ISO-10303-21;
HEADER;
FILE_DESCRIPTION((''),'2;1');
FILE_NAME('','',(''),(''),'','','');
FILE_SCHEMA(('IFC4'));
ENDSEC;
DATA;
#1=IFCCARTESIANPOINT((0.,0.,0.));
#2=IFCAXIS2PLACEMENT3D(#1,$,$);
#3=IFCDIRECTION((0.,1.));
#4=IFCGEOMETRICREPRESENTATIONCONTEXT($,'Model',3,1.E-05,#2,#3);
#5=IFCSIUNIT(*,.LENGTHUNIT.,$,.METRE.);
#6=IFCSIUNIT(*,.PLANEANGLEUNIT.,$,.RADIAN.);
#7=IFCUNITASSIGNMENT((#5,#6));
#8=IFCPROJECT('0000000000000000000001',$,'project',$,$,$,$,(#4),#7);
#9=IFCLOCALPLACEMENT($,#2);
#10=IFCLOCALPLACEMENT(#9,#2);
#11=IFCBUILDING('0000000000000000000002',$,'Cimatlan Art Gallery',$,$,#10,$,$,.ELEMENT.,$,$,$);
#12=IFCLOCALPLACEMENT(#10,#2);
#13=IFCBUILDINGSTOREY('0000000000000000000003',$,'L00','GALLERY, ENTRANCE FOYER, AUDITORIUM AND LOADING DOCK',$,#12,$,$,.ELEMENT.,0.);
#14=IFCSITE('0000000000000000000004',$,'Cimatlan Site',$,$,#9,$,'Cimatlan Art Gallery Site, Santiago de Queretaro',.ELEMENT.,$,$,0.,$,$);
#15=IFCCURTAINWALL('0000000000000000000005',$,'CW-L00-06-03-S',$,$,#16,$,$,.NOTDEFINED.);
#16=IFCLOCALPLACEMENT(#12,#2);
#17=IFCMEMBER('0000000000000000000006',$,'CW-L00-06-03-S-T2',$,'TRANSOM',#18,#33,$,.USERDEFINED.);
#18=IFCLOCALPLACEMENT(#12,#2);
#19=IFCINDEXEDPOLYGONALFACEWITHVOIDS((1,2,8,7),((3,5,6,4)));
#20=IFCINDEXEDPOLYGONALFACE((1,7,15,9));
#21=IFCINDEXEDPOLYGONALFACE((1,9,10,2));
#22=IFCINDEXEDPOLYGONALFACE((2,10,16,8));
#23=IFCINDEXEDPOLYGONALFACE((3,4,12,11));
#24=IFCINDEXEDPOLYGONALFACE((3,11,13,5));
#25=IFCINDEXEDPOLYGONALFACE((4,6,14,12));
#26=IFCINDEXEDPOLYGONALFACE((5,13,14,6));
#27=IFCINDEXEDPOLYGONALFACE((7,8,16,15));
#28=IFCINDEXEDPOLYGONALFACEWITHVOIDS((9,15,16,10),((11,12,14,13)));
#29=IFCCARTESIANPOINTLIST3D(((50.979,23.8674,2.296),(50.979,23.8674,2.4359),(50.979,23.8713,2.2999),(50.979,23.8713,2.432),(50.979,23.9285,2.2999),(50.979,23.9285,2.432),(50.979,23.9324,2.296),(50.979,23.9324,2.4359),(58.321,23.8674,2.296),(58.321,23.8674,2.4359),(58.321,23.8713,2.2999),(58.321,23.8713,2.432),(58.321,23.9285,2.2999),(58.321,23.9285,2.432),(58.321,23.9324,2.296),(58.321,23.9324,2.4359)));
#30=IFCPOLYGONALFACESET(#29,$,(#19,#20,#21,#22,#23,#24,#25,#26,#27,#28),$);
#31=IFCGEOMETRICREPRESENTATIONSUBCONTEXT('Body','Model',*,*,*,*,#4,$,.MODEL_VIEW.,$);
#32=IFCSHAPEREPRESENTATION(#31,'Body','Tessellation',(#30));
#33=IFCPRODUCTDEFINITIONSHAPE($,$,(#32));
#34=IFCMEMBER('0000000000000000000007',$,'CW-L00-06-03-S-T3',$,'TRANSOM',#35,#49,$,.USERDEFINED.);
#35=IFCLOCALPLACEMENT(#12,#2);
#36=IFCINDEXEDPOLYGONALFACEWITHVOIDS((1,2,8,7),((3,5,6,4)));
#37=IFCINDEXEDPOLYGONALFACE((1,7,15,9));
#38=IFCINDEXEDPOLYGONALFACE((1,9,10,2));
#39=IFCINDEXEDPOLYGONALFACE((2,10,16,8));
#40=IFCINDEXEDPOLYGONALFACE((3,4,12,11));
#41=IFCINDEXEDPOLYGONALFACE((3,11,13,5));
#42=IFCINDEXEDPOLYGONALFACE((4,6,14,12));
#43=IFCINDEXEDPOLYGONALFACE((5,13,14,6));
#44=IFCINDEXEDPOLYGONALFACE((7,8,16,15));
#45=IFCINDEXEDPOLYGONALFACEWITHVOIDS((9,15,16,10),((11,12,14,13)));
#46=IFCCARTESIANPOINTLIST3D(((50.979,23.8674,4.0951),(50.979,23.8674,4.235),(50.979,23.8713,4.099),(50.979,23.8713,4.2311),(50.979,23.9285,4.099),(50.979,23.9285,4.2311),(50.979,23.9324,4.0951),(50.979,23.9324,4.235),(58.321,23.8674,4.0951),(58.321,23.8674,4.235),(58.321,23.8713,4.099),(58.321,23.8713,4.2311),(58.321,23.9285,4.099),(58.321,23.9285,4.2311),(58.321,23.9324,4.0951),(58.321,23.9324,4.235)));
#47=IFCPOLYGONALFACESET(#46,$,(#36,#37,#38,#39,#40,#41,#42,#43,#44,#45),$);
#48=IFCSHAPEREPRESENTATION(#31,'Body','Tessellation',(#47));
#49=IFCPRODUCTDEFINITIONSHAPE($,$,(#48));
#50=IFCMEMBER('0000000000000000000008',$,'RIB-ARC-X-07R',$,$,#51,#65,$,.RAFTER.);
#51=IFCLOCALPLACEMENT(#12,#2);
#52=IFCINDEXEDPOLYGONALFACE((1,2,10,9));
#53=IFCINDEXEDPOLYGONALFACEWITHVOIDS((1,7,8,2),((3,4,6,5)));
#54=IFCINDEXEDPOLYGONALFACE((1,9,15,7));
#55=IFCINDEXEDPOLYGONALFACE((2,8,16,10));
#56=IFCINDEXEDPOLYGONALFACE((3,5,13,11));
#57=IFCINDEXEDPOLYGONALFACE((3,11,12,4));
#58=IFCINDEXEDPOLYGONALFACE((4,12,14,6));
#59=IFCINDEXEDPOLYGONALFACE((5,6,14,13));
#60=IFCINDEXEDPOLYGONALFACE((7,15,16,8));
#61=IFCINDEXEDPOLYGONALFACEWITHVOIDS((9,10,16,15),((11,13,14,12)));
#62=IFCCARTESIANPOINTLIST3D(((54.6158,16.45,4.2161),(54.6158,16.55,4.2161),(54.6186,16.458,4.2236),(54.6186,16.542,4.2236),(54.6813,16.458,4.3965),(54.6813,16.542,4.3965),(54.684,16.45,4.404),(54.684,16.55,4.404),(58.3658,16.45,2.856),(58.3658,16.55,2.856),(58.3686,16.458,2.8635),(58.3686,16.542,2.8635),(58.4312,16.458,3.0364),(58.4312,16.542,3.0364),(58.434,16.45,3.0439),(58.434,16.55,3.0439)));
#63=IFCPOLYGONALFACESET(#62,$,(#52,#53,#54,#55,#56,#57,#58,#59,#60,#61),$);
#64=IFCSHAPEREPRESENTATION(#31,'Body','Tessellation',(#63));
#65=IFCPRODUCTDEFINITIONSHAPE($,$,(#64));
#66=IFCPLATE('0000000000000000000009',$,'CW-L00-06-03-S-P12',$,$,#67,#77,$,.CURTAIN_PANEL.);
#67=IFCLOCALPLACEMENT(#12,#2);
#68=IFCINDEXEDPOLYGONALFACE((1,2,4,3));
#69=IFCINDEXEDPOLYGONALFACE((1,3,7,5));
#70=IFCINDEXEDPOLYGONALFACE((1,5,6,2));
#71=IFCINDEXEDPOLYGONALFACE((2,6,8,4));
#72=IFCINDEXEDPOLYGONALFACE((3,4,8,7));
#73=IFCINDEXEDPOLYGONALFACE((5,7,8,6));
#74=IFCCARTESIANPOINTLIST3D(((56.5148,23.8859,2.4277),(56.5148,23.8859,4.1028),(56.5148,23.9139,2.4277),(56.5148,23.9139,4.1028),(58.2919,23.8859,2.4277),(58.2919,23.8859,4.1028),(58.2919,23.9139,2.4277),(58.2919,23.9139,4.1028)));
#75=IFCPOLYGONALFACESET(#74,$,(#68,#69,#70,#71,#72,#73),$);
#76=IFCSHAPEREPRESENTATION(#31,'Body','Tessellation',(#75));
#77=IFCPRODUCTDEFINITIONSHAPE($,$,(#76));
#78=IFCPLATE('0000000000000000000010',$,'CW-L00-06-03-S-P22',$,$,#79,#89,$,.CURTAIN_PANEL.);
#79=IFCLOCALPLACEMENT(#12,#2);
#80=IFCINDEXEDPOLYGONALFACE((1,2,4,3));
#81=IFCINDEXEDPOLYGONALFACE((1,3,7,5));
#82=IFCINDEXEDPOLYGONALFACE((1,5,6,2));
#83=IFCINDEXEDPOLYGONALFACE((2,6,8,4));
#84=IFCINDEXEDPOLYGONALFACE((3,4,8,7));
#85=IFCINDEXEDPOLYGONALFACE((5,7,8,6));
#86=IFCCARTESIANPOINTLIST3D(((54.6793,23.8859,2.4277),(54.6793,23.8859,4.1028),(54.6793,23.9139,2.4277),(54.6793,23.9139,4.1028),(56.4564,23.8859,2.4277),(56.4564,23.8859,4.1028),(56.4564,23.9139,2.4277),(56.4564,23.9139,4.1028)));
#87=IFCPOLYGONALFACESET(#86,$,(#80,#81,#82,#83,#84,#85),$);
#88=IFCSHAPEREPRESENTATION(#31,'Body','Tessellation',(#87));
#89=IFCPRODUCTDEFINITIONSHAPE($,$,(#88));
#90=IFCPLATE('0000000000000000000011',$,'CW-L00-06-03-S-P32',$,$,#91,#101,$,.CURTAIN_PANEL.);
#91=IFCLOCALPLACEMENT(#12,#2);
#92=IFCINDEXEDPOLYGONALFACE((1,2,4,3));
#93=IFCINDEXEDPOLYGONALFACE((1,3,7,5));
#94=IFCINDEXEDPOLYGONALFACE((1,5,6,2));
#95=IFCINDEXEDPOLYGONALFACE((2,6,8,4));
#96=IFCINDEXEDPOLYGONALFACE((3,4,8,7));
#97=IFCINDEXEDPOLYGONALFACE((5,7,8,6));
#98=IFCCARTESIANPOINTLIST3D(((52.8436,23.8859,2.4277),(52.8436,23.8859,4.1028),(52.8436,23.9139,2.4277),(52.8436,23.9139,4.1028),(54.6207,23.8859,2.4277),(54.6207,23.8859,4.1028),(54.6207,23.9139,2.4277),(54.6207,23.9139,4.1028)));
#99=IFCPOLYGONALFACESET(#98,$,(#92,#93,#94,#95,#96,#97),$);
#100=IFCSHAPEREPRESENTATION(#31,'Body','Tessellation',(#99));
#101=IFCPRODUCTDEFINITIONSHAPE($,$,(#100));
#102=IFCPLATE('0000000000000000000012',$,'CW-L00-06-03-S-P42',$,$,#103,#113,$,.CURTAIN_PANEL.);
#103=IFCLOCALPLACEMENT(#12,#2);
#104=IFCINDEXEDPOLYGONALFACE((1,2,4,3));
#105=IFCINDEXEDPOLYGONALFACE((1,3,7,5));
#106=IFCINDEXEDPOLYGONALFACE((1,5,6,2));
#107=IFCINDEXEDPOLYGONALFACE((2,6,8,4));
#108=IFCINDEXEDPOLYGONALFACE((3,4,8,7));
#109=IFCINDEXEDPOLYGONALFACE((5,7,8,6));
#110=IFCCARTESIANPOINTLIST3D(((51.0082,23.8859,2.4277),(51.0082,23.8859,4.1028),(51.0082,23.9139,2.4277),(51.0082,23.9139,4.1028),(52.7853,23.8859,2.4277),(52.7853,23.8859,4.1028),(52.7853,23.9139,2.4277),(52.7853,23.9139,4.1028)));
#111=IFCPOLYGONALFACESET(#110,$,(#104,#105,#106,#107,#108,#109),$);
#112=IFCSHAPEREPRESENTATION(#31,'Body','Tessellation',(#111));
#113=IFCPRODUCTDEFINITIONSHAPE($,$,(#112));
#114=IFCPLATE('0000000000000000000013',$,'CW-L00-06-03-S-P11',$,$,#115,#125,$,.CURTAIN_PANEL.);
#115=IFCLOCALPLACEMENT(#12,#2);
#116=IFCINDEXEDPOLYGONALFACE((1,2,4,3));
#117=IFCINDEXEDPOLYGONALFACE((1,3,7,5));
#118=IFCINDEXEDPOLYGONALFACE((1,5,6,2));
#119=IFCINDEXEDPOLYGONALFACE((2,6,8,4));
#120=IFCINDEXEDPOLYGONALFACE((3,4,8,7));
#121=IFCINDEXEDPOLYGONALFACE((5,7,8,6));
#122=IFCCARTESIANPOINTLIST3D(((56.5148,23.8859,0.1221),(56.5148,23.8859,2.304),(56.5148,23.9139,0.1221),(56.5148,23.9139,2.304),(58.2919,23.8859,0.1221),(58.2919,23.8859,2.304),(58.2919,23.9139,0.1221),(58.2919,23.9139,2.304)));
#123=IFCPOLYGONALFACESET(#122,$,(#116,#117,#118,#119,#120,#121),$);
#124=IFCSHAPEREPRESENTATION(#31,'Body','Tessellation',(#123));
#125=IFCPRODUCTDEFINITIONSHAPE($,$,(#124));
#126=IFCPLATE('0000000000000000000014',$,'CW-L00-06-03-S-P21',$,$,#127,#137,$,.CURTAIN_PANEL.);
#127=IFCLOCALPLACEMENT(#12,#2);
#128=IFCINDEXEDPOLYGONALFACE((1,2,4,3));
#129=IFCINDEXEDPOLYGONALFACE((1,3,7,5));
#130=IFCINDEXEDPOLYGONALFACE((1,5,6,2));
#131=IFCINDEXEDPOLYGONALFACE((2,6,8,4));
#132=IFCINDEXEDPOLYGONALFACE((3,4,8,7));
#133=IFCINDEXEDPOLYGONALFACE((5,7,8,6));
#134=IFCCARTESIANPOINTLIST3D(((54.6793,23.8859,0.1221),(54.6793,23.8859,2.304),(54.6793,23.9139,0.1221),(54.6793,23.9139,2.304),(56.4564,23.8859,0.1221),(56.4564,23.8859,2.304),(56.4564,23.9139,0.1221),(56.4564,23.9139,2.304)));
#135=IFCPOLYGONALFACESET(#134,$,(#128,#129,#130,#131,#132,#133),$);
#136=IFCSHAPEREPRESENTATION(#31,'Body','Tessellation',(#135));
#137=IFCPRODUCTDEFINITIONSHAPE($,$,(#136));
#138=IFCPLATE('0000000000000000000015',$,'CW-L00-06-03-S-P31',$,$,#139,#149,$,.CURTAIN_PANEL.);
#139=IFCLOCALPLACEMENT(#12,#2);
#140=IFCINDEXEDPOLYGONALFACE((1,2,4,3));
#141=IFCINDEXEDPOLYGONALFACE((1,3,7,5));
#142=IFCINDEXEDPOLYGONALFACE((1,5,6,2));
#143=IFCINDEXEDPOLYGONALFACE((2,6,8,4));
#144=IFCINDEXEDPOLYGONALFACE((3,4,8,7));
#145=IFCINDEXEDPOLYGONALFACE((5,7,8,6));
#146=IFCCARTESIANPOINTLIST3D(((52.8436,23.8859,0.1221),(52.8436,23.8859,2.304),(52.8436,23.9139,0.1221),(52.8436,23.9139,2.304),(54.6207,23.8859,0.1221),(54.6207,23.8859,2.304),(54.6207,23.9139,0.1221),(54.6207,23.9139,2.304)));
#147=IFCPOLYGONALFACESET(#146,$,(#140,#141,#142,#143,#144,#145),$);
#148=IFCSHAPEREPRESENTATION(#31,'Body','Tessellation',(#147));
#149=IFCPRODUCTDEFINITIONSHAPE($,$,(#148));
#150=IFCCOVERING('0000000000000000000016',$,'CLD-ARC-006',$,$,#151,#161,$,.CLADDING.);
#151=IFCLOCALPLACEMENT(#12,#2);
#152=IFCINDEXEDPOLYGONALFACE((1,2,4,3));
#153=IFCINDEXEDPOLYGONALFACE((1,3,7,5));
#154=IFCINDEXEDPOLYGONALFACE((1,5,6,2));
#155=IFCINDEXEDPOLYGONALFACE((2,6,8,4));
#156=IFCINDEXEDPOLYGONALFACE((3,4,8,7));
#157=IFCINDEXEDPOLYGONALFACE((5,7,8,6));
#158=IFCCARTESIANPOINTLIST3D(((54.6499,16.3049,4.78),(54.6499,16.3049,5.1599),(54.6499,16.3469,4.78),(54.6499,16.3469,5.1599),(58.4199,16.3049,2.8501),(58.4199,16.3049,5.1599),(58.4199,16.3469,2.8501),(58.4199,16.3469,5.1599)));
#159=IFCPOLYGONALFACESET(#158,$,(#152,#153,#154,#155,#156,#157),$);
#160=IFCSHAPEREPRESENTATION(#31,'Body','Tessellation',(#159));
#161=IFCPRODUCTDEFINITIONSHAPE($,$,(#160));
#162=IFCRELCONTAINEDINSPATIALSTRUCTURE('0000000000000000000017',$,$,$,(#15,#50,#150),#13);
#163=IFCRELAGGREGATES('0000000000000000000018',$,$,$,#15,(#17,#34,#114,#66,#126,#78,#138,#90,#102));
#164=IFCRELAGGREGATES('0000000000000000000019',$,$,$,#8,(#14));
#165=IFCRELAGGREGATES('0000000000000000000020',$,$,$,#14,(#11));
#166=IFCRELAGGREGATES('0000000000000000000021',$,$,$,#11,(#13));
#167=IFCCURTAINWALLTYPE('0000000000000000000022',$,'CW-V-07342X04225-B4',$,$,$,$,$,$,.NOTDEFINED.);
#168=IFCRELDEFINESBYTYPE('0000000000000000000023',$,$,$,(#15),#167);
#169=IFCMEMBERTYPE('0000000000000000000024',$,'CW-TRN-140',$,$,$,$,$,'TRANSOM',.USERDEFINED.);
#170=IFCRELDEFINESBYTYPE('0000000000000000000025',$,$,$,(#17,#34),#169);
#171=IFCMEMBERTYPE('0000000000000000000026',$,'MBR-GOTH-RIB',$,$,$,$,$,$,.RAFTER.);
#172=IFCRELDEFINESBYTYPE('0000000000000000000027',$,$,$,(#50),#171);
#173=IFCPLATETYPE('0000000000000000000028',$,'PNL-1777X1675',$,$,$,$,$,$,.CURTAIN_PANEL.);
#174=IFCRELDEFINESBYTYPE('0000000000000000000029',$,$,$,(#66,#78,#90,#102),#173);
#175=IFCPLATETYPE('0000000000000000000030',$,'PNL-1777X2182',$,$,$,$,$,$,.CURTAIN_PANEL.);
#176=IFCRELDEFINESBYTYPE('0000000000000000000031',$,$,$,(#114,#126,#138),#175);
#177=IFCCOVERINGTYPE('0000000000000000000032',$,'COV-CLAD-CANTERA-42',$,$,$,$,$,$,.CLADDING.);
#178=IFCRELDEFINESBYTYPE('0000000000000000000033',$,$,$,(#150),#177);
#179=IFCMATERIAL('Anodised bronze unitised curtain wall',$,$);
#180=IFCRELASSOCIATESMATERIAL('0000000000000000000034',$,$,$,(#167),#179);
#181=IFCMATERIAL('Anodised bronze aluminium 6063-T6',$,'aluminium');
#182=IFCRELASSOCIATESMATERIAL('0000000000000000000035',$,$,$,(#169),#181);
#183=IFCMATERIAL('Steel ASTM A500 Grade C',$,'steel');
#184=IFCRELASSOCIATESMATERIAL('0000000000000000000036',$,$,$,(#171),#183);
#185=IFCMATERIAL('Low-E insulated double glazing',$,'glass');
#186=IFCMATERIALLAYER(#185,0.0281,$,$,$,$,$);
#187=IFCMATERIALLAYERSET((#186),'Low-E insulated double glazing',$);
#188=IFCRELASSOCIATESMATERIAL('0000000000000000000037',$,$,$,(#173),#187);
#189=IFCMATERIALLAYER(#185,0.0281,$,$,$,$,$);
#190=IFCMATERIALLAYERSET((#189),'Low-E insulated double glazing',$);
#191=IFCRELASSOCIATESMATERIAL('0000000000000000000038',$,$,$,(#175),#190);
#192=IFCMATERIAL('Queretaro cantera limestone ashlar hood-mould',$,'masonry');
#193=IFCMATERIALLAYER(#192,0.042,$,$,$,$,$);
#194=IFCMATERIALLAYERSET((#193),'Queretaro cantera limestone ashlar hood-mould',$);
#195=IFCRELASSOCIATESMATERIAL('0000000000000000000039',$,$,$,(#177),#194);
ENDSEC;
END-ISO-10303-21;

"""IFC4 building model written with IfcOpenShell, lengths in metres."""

from ifc_helpers import new_model, si_unit, direction, frame, origin, origin_2d, place, context, subcontext, project, spatial, polyline, rectangle, hollow_rectangle, outline, extrude, material, layer, layer_set, material_profile, profile_set, type_object, element, aggregate, save


model = new_model("IFC4")

# Units and contexts
model_context = context("Model", 3, precision=1e-05, world=origin(), true_north=direction((0.0, 1.0)))
body_context = subcontext(model_context, "Body", "Model", "MODEL_VIEW")
ifc_project = project(units=[si_unit("LENGTHUNIT", "METRE"), si_unit("PLANEANGLEUNIT", "RADIAN")], contexts=[model_context])

# Site, building, storey
site_placement = place(None, origin())
site = spatial("IfcSite", under=ifc_project, at=site_placement, Name="Cimatlan Site", LongName="Cimatlan Art Gallery Site, Santiago de Queretaro", CompositionType="ELEMENT", RefElevation=0.0)
building_placement = place(site_placement, origin())
building = spatial("IfcBuilding", under=site, at=building_placement, Name="Cimatlan Art Gallery", CompositionType="ELEMENT")
storey_placement = place(building_placement, origin())
storey = spatial("IfcBuildingStorey", under=building, at=storey_placement, Name="L00", Description="GALLERY, ENTRANCE FOYER, AUDITORIUM AND LOADING DOCK", CompositionType="ELEMENT", Elevation=0.0)

# Curtain wall, members
ifc_material_1 = material(Name="Anodised bronze unitised curtain wall")
curtain_wall_type = type_object("IfcCurtainWallType", Name="CW-V-07342X04225-B4", PredefinedType="NOTDEFINED", material=ifc_material_1)
curtain_wall_placement = place(storey_placement, origin())
curtain_wall = element("IfcCurtainWall", 1, at=curtain_wall_placement, inside=storey, type_object=curtain_wall_type, Name="CW-L00-06-03-S", PredefinedType="NOTDEFINED")
ifc_material_2 = material(Name="Anodised bronze aluminium 6063-T6", Category="aluminium")
ifc_material_profile_1 = material_profile(ifc_material_2, hollow_rectangle(XDim=0.0649, YDim=0.1399, WallThickness=0.0039, at=origin_2d()), Name="ALU65X140X4")
ifc_profile_set_1 = profile_set([ifc_material_profile_1], Name="Anodised bronze aluminium 6063-T6")
member_type_1 = type_object("IfcMemberType", Name="CW-TRN-140", ElementType="TRANSOM", PredefinedType="USERDEFINED", material=ifc_profile_set_1)
member_1_placement = place(storey_placement, frame((58.321, 23.8999, 2.366), z_axis=(-1.0, 0.0, 0.0), x_axis=(0.0, -1.0, 0.0)))
member_1 = element("IfcMember", 2, at=member_1_placement, type_object=member_type_1, Name="CW-L00-06-03-S-T2", ObjectType="TRANSOM", PredefinedType="USERDEFINED", context=body_context, shape_type="SweptSolid", body=[
    extrude(hollow_rectangle(XDim=0.0649, YDim=0.1399, WallThickness=0.0039, at=origin_2d()), origin(), (0.0, 0.0, 1.0), 7.342),
])
member_2_placement = place(storey_placement, frame((58.321, 23.8999, 4.165), z_axis=(-1.0, 0.0, 0.0), x_axis=(0.0, -1.0, 0.0)))
member_2 = element("IfcMember", 3, at=member_2_placement, type_object=member_type_1, Name="CW-L00-06-03-S-T3", ObjectType="TRANSOM", PredefinedType="USERDEFINED", context=body_context, shape_type="SweptSolid", body=[
    extrude(hollow_rectangle(XDim=0.0649, YDim=0.1399, WallThickness=0.0039, at=origin_2d()), origin(), (0.0, 0.0, 1.0), 7.342),
])

# Member
ifc_material_3 = material(Name="Steel ASTM A500 Grade C", Category="steel")
ifc_material_profile_2 = material_profile(ifc_material_3, hollow_rectangle(XDim=0.1001, YDim=0.2, WallThickness=0.0081, at=origin_2d()), Name="HSS200X100X8")
ifc_profile_set_2 = profile_set([ifc_material_profile_2], Name="Steel ASTM A500 Grade C")
member_type_2 = type_object("IfcMemberType", Name="MBR-GOTH-RIB", PredefinedType="RAFTER", material=ifc_profile_set_2)
member_3_placement = place(storey_placement, frame((58.3999, 16.5, 2.95), z_axis=(-0.940077, 0.0, 0.340962), x_axis=(0.0, -1.0, 0.0)))
element("IfcMember", 4, at=member_3_placement, inside=storey, type_object=member_type_2, Name="RIB-ARC-X-07R", PredefinedType="RAFTER", context=body_context, shape_type="SweptSolid", body=[
    extrude(hollow_rectangle(XDim=0.1001, YDim=0.2, WallThickness=0.0081, at=origin_2d()), origin(), (0.0, 0.0, 1.0), 3.989),
])

# Plates
ifc_material_4 = material(Name="Low-E insulated double glazing", Category="glass")
ifc_layer_1 = layer(ifc_material_4, 0.0281)
ifc_layer_set_1 = layer_set([ifc_layer_1], Name="Low-E insulated double glazing")
plate_type_1 = type_object("IfcPlateType", Name="PNL-1777X1675", PredefinedType="CURTAIN_PANEL", material=ifc_layer_set_1)
plate_1_placement = place(storey_placement, frame((57.4033, 23.8999, 2.4277), z_axis=(0.0, 0.0, 1.0), x_axis=(-1.0, 0.0, 0.0)))
plate_1 = element("IfcPlate", 5, at=plate_1_placement, type_object=plate_type_1, Name="CW-L00-06-03-S-P12", PredefinedType="CURTAIN_PANEL", context=body_context, shape_type="SweptSolid", body=[
    extrude(rectangle(XDim=1.7771, YDim=0.0281, at=origin_2d()), origin(), (0.0, 0.0, 1.0), 1.675),
])
plate_2_placement = place(storey_placement, frame((55.5679, 23.8999, 2.4277), z_axis=(0.0, 0.0, 1.0), x_axis=(-1.0, 0.0, 0.0)))
plate_2 = element("IfcPlate", 6, at=plate_2_placement, type_object=plate_type_1, Name="CW-L00-06-03-S-P22", PredefinedType="CURTAIN_PANEL", context=body_context, shape_type="SweptSolid", body=[
    extrude(rectangle(XDim=1.7771, YDim=0.0281, at=origin_2d()), origin(), (0.0, 0.0, 1.0), 1.675),
])
plate_3_placement = place(storey_placement, frame((53.7322, 23.8999, 2.4277), z_axis=(0.0, 0.0, 1.0), x_axis=(-1.0, 0.0, 0.0)))
plate_3 = element("IfcPlate", 7, at=plate_3_placement, type_object=plate_type_1, Name="CW-L00-06-03-S-P32", PredefinedType="CURTAIN_PANEL", context=body_context, shape_type="SweptSolid", body=[
    extrude(rectangle(XDim=1.7771, YDim=0.0281, at=origin_2d()), origin(), (0.0, 0.0, 1.0), 1.675),
])
plate_4_placement = place(storey_placement, frame((51.8967, 23.8999, 2.4277), z_axis=(0.0, 0.0, 1.0), x_axis=(-1.0, 0.0, 0.0)))
plate_4 = element("IfcPlate", 8, at=plate_4_placement, type_object=plate_type_1, Name="CW-L00-06-03-S-P42", PredefinedType="CURTAIN_PANEL", context=body_context, shape_type="SweptSolid", body=[
    extrude(rectangle(XDim=1.7771, YDim=0.0281, at=origin_2d()), origin(), (0.0, 0.0, 1.0), 1.675),
])
ifc_layer_2 = layer(ifc_material_4, 0.0281)
ifc_layer_set_2 = layer_set([ifc_layer_2], Name="Low-E insulated double glazing")
plate_type_2 = type_object("IfcPlateType", Name="PNL-1777X2182", PredefinedType="CURTAIN_PANEL", material=ifc_layer_set_2)
plate_5_placement = place(storey_placement, frame((57.4033, 23.8999, 0.1221), z_axis=(0.0, 0.0, 1.0), x_axis=(-1.0, 0.0, 0.0)))
plate_5 = element("IfcPlate", 9, at=plate_5_placement, type_object=plate_type_2, Name="CW-L00-06-03-S-P11", PredefinedType="CURTAIN_PANEL", context=body_context, shape_type="SweptSolid", body=[
    extrude(rectangle(XDim=1.7771, YDim=0.0281, at=origin_2d()), origin(), (0.0, 0.0, 1.0), 2.1819),
])
plate_6_placement = place(storey_placement, frame((55.5679, 23.8999, 0.1221), z_axis=(0.0, 0.0, 1.0), x_axis=(-1.0, 0.0, 0.0)))
plate_6 = element("IfcPlate", 10, at=plate_6_placement, type_object=plate_type_2, Name="CW-L00-06-03-S-P21", PredefinedType="CURTAIN_PANEL", context=body_context, shape_type="SweptSolid", body=[
    extrude(rectangle(XDim=1.7771, YDim=0.0281, at=origin_2d()), origin(), (0.0, 0.0, 1.0), 2.1819),
])
plate_7_placement = place(storey_placement, frame((53.7322, 23.8999, 0.1221), z_axis=(0.0, 0.0, 1.0), x_axis=(-1.0, 0.0, 0.0)))
plate_7 = element("IfcPlate", 11, at=plate_7_placement, type_object=plate_type_2, Name="CW-L00-06-03-S-P31", PredefinedType="CURTAIN_PANEL", context=body_context, shape_type="SweptSolid", body=[
    extrude(rectangle(XDim=1.7771, YDim=0.0281, at=origin_2d()), origin(), (0.0, 0.0, 1.0), 2.1819),
])
aggregate(curtain_wall, [member_1, member_2, plate_5, plate_1, plate_6, plate_2, plate_7, plate_3, plate_4])

# Covering
ifc_material_5 = material(Name="Queretaro cantera limestone ashlar hood-mould", Category="masonry")
ifc_layer_3 = layer(ifc_material_5, 0.042)
ifc_layer_set_3 = layer_set([ifc_layer_3], Name="Queretaro cantera limestone ashlar hood-mould")
covering_type = type_object("IfcCoveringType", Name="COV-CLAD-CANTERA-42", PredefinedType="CLADDING", material=ifc_layer_set_3)
covering_placement = place(storey_placement, frame((54.6499, 16.3049, 4.78), z_axis=(0.0, -1.0, 0.0), x_axis=(0.890144, 0.0, -0.455679)))
element("IfcCovering", 12, at=covering_placement, inside=storey, type_object=covering_type, Name="CLD-ARC-006", PredefinedType="CLADDING", context=body_context, shape_type="SweptSolid", body=[
    extrude(outline(polyline([(0.0, 0.0), (4.2353, 0.0), (3.1828, 2.0561), (-0.1731, 0.3382), (0.0, 0.0)])), origin(), (0.0, 0.0, -1.0), 0.042),
])

save(model, "model.ifc")
